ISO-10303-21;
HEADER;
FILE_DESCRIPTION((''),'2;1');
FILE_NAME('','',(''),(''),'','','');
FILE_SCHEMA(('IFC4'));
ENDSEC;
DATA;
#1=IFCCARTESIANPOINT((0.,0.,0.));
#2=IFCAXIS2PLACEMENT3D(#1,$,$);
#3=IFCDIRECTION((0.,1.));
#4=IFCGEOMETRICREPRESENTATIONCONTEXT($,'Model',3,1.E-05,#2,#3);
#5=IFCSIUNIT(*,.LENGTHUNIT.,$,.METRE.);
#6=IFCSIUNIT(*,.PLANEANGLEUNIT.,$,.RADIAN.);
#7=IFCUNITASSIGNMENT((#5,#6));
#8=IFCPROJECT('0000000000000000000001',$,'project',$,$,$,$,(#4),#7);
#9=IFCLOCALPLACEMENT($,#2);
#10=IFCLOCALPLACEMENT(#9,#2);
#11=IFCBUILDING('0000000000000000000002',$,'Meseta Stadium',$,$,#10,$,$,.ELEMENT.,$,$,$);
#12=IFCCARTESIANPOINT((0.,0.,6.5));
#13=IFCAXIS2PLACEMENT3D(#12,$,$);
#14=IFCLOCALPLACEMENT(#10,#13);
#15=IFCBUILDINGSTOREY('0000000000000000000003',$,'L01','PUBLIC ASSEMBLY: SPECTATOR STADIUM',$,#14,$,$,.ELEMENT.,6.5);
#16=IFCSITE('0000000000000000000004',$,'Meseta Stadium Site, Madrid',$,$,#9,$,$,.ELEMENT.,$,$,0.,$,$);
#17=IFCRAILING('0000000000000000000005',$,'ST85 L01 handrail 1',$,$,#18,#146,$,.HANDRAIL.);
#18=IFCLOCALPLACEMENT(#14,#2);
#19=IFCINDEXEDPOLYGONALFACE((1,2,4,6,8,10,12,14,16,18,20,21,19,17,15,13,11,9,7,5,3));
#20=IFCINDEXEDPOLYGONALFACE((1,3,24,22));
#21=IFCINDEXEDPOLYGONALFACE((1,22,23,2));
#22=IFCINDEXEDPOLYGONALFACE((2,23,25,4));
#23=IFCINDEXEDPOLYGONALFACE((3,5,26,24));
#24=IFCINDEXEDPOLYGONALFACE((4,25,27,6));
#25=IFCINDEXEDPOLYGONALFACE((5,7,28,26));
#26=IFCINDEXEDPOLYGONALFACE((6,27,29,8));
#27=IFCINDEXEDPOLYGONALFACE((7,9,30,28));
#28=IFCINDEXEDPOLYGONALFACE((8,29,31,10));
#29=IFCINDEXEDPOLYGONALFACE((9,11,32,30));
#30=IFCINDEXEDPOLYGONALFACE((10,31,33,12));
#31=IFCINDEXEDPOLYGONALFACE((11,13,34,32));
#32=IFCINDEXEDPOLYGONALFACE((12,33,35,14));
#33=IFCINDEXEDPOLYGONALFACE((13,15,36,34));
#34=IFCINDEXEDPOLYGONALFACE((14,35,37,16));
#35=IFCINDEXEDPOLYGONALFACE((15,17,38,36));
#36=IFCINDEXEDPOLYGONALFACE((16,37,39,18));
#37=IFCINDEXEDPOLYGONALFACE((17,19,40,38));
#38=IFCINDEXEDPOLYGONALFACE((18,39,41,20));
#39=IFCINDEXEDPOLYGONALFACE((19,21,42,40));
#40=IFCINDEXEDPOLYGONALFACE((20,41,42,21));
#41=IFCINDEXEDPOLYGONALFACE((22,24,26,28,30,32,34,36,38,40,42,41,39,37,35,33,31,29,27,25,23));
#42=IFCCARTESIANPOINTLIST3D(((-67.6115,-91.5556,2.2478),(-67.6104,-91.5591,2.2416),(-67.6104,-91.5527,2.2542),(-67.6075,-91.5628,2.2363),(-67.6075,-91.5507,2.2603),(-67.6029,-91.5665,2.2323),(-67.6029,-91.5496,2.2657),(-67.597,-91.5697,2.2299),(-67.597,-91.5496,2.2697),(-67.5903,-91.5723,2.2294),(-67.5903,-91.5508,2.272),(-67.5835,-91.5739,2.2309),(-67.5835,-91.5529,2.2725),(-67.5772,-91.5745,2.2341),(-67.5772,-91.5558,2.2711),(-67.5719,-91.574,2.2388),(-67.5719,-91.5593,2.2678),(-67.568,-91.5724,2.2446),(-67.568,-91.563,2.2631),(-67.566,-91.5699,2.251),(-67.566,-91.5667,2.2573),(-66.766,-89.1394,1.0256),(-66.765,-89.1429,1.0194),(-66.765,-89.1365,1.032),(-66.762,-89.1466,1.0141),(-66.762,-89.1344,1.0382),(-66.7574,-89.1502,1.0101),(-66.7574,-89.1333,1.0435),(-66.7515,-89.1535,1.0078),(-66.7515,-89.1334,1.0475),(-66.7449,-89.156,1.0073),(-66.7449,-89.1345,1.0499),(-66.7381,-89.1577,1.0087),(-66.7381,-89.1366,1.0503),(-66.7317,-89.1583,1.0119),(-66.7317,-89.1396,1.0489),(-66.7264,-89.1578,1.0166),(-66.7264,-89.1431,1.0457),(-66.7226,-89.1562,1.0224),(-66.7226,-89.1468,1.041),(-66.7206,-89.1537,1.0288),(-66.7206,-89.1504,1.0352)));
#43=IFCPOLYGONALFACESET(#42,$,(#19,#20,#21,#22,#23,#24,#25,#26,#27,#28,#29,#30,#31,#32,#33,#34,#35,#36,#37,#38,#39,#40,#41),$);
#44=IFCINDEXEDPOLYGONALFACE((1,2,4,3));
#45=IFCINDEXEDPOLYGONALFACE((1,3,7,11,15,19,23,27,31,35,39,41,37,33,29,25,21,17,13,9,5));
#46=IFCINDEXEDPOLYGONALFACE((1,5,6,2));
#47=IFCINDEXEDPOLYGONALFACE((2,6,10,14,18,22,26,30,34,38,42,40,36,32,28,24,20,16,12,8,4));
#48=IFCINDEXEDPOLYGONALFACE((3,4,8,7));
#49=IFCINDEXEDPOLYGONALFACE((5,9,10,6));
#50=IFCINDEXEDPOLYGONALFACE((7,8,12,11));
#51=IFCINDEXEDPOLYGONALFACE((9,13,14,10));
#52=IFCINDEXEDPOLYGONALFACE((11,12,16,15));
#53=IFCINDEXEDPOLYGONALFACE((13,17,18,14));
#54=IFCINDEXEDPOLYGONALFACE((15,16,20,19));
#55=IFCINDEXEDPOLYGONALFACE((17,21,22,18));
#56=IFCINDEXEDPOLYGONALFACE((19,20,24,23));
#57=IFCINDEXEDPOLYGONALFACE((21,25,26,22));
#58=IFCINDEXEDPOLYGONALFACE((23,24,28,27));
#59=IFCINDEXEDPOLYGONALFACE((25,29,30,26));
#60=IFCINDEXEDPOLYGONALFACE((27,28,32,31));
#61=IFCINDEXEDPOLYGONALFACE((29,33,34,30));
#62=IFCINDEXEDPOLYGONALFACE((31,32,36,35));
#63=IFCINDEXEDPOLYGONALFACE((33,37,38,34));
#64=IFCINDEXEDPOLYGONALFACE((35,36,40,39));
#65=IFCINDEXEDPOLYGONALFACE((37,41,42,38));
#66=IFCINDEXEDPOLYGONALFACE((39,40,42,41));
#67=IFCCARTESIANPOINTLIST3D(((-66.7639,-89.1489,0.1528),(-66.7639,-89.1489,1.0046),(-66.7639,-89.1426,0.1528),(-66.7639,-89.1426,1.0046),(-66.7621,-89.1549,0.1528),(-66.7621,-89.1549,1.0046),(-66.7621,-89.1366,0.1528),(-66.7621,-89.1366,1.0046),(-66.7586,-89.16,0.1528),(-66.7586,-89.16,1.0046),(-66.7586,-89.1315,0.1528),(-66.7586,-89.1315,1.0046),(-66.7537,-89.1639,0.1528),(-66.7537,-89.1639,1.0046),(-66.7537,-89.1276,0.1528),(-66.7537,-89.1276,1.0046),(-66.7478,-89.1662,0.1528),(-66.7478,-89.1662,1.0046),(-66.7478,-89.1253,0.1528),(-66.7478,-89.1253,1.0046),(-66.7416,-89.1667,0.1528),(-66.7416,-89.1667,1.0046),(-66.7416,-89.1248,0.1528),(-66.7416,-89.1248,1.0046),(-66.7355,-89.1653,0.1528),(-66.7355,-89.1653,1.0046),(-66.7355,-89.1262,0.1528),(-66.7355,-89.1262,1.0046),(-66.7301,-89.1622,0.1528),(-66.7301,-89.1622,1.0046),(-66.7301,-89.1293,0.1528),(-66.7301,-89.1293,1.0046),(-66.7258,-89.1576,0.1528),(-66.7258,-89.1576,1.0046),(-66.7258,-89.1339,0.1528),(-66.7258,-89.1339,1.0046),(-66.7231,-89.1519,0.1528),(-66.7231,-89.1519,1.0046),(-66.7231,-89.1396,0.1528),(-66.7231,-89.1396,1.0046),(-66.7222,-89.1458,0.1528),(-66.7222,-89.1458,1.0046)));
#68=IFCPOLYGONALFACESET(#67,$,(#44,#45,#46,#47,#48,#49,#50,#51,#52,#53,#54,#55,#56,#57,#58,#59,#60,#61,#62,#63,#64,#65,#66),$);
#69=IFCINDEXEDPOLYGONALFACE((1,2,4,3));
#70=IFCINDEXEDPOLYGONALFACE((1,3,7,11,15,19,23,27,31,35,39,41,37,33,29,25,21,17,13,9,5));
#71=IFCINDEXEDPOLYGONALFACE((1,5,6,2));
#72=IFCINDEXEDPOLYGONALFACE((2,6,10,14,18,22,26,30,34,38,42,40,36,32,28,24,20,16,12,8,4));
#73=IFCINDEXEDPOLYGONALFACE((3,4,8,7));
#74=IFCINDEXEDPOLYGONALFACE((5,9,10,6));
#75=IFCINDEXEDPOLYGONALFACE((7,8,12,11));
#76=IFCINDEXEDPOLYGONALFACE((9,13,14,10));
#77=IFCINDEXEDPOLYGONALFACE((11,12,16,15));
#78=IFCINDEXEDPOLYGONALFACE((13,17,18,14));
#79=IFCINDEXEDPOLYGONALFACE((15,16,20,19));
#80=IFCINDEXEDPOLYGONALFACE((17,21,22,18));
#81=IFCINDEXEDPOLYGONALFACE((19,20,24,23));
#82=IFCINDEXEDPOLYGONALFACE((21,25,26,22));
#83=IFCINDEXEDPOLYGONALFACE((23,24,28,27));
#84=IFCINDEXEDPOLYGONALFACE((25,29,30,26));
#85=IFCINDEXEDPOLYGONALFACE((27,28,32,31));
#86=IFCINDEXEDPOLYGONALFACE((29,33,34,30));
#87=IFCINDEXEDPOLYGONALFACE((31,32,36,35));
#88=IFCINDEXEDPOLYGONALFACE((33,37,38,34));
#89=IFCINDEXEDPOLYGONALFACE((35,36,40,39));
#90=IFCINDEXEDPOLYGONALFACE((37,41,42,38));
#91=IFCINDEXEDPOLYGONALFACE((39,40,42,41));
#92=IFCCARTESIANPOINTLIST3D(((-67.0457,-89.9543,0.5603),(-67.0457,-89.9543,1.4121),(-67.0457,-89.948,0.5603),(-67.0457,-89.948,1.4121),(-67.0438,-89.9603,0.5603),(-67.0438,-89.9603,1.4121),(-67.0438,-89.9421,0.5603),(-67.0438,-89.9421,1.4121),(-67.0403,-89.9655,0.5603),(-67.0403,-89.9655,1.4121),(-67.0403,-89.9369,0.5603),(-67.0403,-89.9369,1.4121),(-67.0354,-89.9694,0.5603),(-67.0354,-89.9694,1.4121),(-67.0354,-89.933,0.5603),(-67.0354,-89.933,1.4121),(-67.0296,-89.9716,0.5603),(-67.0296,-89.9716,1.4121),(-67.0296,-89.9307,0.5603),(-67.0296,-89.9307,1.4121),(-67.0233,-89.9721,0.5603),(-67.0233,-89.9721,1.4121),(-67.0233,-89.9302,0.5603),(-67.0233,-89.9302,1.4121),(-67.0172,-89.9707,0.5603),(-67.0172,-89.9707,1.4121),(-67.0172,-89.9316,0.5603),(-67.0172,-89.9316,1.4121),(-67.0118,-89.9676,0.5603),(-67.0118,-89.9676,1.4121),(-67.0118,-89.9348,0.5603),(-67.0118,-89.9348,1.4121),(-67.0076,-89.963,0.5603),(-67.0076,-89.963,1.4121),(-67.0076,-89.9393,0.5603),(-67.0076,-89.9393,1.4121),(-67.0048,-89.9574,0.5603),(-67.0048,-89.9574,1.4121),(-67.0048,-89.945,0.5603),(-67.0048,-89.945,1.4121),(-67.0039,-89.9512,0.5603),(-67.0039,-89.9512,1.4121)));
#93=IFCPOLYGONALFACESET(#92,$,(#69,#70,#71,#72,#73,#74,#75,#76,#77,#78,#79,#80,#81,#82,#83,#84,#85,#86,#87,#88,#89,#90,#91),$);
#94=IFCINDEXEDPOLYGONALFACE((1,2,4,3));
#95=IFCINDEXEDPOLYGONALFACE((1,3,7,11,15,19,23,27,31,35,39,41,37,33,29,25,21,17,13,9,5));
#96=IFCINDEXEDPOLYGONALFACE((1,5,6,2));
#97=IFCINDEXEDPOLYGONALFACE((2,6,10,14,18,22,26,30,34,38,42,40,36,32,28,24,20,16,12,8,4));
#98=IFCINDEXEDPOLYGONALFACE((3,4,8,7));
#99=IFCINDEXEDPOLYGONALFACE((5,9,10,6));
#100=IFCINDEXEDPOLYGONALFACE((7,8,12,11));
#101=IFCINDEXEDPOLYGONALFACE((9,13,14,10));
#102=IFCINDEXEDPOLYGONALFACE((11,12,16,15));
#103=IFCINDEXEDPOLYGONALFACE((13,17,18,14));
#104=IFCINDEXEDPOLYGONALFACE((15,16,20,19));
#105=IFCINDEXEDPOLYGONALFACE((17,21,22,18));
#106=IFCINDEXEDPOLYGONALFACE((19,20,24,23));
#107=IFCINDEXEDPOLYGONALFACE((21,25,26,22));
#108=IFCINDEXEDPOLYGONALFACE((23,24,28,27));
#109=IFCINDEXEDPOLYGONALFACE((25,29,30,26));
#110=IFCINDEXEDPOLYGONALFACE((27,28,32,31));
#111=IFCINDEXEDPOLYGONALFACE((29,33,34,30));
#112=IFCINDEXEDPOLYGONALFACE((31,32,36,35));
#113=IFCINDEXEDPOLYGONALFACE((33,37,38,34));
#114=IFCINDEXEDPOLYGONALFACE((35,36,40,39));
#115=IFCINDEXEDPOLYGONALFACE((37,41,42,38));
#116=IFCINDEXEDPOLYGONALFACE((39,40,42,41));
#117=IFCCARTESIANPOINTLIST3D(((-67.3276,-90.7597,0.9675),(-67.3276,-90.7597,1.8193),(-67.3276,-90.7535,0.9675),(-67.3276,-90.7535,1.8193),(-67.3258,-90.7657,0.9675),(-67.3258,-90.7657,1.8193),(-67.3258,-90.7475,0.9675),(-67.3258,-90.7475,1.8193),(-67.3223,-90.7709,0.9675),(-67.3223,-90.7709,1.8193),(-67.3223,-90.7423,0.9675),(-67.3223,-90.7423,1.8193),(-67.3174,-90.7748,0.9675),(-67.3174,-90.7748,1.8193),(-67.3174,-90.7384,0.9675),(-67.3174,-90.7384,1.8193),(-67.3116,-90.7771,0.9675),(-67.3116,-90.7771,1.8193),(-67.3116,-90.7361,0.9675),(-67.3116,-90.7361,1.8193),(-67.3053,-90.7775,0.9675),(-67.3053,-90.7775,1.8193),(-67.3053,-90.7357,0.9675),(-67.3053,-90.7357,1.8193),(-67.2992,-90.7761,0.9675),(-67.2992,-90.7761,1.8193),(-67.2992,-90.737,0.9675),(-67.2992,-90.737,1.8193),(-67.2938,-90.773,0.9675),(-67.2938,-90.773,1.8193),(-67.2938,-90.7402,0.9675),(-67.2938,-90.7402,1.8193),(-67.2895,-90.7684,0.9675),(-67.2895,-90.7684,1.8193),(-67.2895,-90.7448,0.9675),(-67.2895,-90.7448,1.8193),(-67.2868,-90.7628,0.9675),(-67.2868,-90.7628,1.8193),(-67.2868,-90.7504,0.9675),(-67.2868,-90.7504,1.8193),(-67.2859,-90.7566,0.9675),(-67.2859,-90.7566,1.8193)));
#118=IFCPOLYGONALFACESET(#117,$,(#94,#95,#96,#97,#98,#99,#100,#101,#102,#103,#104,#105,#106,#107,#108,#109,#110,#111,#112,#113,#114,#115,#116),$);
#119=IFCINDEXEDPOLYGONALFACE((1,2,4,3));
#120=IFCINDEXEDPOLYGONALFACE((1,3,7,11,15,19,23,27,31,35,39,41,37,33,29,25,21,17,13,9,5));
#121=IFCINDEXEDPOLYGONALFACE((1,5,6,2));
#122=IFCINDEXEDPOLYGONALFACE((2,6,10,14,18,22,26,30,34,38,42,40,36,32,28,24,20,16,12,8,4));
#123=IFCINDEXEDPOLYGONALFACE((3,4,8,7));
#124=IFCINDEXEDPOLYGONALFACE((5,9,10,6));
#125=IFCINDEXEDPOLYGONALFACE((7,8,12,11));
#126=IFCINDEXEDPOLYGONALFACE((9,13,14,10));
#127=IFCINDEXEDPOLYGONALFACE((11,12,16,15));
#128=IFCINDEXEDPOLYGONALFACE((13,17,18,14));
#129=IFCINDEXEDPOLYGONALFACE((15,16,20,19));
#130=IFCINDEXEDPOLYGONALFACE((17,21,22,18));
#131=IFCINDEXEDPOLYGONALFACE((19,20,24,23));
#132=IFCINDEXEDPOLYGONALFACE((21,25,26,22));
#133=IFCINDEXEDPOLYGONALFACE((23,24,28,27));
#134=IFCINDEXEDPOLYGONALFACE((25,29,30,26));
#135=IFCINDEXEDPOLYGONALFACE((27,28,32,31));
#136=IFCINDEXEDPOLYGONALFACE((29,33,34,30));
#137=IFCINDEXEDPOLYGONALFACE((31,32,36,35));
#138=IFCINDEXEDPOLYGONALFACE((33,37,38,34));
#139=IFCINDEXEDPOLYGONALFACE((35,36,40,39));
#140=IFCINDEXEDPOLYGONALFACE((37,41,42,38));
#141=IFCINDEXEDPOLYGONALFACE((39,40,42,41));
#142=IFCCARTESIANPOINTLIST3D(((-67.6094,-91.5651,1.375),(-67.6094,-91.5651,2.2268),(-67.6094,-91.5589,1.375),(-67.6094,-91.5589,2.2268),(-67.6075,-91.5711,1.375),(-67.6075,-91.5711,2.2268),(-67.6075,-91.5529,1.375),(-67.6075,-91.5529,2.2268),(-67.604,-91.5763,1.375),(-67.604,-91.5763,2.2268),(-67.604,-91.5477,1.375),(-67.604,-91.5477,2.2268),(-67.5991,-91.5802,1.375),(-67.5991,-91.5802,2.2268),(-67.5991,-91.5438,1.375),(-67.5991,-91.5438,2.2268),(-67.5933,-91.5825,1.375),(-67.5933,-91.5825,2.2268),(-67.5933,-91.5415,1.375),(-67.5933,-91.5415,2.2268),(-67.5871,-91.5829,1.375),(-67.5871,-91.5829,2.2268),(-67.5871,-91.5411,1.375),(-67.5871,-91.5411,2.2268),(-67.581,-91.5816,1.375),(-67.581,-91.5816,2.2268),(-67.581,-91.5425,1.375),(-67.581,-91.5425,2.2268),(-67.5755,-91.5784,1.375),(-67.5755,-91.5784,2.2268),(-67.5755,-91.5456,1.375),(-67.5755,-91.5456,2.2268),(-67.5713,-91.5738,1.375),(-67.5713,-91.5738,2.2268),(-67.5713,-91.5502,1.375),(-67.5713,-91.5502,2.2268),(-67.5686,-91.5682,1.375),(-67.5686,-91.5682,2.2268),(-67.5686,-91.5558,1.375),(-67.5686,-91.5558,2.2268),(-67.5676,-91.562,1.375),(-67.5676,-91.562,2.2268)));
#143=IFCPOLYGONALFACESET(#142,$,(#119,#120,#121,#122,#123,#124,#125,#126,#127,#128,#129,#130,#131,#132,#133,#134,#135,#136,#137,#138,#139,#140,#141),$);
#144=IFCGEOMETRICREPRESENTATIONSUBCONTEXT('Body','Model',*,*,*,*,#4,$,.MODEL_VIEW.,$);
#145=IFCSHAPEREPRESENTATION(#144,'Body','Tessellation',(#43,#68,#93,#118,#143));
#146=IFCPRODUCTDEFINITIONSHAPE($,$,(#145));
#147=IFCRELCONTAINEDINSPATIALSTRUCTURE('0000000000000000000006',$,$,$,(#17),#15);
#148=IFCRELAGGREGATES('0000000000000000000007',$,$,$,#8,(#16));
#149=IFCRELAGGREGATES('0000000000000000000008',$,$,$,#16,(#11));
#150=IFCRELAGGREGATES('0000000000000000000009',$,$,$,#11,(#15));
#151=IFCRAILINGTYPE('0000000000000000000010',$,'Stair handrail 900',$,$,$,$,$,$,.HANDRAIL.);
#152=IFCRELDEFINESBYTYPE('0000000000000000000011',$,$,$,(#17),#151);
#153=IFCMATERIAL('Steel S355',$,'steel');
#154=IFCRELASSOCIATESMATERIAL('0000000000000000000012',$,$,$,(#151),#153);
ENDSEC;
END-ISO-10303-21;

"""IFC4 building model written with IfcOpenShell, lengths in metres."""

from ifc_helpers import new_model, si_unit, direction, frame, origin, origin_2d, place, context, subcontext, project, spatial, circle, extrude, material, type_object, element, save


model = new_model("IFC4")

# Units and contexts
model_context = context("Model", 3, precision=1e-05, world=origin(), true_north=direction((0.0, 1.0)))
body_context = subcontext(model_context, "Body", "Model", "MODEL_VIEW")
ifc_project = project(units=[si_unit("LENGTHUNIT", "METRE"), si_unit("PLANEANGLEUNIT", "RADIAN")], contexts=[model_context])

# Site, building, storey
site_placement = place(None, origin())
site = spatial("IfcSite", under=ifc_project, at=site_placement, Name="Meseta Stadium Site, Madrid", CompositionType="ELEMENT", RefElevation=0.0)
building_placement = place(site_placement, origin())
building = spatial("IfcBuilding", under=site, at=building_placement, Name="Meseta Stadium", CompositionType="ELEMENT")
storey_placement = place(building_placement, frame((0.0, 0.0, 6.5)))
storey = spatial("IfcBuildingStorey", under=building, at=storey_placement, Name="L01", Description="PUBLIC ASSEMBLY: SPECTATOR STADIUM", CompositionType="ELEMENT", Elevation=6.5)

# Railing
ifc_material_1 = material(Name="Steel S355", Category="steel")
railing_type_1 = type_object("IfcRailingType", Name="Stair handrail 900", PredefinedType="HANDRAIL", material=ifc_material_1)
for number, where, name in (
    (1, (-66.7432, -89.1458, 0.1528), "ST85 L01 handrail 1"),
):
    element("IfcRailing", number, at=place(storey_placement, frame(where)), inside=storey, type_object=railing_type_1, Name=name, PredefinedType="HANDRAIL", context=body_context, shape_type="SweptSolid", body=[
        extrude(circle(Radius=0.0239, at=origin_2d()), frame((0.0, 0.0, 0.876), z_axis=(-0.298044, -0.851789, 0.430843), x_axis=(0.943887, -0.33027, 0.0)), (0.0, 0.0, 1.0), 2.8367),
        extrude(circle(Radius=0.021, at=origin_2d()), origin(), (0.0, 0.0, 1.0), 0.8518),
        extrude(circle(Radius=0.021, at=origin_2d()), frame((-0.2817, -0.8054, 0.4075)), (0.0, 0.0, 1.0), 0.8518),
        extrude(circle(Radius=0.021, at=origin_2d()), frame((-0.5637, -1.6108, 0.8147)), (0.0, 0.0, 1.0), 0.8518),
        extrude(circle(Radius=0.021, at=origin_2d()), frame((-0.8455, -2.4163, 1.2222)), (0.0, 0.0, 1.0), 0.8518),
    ])

save(model, "model.ifc")
